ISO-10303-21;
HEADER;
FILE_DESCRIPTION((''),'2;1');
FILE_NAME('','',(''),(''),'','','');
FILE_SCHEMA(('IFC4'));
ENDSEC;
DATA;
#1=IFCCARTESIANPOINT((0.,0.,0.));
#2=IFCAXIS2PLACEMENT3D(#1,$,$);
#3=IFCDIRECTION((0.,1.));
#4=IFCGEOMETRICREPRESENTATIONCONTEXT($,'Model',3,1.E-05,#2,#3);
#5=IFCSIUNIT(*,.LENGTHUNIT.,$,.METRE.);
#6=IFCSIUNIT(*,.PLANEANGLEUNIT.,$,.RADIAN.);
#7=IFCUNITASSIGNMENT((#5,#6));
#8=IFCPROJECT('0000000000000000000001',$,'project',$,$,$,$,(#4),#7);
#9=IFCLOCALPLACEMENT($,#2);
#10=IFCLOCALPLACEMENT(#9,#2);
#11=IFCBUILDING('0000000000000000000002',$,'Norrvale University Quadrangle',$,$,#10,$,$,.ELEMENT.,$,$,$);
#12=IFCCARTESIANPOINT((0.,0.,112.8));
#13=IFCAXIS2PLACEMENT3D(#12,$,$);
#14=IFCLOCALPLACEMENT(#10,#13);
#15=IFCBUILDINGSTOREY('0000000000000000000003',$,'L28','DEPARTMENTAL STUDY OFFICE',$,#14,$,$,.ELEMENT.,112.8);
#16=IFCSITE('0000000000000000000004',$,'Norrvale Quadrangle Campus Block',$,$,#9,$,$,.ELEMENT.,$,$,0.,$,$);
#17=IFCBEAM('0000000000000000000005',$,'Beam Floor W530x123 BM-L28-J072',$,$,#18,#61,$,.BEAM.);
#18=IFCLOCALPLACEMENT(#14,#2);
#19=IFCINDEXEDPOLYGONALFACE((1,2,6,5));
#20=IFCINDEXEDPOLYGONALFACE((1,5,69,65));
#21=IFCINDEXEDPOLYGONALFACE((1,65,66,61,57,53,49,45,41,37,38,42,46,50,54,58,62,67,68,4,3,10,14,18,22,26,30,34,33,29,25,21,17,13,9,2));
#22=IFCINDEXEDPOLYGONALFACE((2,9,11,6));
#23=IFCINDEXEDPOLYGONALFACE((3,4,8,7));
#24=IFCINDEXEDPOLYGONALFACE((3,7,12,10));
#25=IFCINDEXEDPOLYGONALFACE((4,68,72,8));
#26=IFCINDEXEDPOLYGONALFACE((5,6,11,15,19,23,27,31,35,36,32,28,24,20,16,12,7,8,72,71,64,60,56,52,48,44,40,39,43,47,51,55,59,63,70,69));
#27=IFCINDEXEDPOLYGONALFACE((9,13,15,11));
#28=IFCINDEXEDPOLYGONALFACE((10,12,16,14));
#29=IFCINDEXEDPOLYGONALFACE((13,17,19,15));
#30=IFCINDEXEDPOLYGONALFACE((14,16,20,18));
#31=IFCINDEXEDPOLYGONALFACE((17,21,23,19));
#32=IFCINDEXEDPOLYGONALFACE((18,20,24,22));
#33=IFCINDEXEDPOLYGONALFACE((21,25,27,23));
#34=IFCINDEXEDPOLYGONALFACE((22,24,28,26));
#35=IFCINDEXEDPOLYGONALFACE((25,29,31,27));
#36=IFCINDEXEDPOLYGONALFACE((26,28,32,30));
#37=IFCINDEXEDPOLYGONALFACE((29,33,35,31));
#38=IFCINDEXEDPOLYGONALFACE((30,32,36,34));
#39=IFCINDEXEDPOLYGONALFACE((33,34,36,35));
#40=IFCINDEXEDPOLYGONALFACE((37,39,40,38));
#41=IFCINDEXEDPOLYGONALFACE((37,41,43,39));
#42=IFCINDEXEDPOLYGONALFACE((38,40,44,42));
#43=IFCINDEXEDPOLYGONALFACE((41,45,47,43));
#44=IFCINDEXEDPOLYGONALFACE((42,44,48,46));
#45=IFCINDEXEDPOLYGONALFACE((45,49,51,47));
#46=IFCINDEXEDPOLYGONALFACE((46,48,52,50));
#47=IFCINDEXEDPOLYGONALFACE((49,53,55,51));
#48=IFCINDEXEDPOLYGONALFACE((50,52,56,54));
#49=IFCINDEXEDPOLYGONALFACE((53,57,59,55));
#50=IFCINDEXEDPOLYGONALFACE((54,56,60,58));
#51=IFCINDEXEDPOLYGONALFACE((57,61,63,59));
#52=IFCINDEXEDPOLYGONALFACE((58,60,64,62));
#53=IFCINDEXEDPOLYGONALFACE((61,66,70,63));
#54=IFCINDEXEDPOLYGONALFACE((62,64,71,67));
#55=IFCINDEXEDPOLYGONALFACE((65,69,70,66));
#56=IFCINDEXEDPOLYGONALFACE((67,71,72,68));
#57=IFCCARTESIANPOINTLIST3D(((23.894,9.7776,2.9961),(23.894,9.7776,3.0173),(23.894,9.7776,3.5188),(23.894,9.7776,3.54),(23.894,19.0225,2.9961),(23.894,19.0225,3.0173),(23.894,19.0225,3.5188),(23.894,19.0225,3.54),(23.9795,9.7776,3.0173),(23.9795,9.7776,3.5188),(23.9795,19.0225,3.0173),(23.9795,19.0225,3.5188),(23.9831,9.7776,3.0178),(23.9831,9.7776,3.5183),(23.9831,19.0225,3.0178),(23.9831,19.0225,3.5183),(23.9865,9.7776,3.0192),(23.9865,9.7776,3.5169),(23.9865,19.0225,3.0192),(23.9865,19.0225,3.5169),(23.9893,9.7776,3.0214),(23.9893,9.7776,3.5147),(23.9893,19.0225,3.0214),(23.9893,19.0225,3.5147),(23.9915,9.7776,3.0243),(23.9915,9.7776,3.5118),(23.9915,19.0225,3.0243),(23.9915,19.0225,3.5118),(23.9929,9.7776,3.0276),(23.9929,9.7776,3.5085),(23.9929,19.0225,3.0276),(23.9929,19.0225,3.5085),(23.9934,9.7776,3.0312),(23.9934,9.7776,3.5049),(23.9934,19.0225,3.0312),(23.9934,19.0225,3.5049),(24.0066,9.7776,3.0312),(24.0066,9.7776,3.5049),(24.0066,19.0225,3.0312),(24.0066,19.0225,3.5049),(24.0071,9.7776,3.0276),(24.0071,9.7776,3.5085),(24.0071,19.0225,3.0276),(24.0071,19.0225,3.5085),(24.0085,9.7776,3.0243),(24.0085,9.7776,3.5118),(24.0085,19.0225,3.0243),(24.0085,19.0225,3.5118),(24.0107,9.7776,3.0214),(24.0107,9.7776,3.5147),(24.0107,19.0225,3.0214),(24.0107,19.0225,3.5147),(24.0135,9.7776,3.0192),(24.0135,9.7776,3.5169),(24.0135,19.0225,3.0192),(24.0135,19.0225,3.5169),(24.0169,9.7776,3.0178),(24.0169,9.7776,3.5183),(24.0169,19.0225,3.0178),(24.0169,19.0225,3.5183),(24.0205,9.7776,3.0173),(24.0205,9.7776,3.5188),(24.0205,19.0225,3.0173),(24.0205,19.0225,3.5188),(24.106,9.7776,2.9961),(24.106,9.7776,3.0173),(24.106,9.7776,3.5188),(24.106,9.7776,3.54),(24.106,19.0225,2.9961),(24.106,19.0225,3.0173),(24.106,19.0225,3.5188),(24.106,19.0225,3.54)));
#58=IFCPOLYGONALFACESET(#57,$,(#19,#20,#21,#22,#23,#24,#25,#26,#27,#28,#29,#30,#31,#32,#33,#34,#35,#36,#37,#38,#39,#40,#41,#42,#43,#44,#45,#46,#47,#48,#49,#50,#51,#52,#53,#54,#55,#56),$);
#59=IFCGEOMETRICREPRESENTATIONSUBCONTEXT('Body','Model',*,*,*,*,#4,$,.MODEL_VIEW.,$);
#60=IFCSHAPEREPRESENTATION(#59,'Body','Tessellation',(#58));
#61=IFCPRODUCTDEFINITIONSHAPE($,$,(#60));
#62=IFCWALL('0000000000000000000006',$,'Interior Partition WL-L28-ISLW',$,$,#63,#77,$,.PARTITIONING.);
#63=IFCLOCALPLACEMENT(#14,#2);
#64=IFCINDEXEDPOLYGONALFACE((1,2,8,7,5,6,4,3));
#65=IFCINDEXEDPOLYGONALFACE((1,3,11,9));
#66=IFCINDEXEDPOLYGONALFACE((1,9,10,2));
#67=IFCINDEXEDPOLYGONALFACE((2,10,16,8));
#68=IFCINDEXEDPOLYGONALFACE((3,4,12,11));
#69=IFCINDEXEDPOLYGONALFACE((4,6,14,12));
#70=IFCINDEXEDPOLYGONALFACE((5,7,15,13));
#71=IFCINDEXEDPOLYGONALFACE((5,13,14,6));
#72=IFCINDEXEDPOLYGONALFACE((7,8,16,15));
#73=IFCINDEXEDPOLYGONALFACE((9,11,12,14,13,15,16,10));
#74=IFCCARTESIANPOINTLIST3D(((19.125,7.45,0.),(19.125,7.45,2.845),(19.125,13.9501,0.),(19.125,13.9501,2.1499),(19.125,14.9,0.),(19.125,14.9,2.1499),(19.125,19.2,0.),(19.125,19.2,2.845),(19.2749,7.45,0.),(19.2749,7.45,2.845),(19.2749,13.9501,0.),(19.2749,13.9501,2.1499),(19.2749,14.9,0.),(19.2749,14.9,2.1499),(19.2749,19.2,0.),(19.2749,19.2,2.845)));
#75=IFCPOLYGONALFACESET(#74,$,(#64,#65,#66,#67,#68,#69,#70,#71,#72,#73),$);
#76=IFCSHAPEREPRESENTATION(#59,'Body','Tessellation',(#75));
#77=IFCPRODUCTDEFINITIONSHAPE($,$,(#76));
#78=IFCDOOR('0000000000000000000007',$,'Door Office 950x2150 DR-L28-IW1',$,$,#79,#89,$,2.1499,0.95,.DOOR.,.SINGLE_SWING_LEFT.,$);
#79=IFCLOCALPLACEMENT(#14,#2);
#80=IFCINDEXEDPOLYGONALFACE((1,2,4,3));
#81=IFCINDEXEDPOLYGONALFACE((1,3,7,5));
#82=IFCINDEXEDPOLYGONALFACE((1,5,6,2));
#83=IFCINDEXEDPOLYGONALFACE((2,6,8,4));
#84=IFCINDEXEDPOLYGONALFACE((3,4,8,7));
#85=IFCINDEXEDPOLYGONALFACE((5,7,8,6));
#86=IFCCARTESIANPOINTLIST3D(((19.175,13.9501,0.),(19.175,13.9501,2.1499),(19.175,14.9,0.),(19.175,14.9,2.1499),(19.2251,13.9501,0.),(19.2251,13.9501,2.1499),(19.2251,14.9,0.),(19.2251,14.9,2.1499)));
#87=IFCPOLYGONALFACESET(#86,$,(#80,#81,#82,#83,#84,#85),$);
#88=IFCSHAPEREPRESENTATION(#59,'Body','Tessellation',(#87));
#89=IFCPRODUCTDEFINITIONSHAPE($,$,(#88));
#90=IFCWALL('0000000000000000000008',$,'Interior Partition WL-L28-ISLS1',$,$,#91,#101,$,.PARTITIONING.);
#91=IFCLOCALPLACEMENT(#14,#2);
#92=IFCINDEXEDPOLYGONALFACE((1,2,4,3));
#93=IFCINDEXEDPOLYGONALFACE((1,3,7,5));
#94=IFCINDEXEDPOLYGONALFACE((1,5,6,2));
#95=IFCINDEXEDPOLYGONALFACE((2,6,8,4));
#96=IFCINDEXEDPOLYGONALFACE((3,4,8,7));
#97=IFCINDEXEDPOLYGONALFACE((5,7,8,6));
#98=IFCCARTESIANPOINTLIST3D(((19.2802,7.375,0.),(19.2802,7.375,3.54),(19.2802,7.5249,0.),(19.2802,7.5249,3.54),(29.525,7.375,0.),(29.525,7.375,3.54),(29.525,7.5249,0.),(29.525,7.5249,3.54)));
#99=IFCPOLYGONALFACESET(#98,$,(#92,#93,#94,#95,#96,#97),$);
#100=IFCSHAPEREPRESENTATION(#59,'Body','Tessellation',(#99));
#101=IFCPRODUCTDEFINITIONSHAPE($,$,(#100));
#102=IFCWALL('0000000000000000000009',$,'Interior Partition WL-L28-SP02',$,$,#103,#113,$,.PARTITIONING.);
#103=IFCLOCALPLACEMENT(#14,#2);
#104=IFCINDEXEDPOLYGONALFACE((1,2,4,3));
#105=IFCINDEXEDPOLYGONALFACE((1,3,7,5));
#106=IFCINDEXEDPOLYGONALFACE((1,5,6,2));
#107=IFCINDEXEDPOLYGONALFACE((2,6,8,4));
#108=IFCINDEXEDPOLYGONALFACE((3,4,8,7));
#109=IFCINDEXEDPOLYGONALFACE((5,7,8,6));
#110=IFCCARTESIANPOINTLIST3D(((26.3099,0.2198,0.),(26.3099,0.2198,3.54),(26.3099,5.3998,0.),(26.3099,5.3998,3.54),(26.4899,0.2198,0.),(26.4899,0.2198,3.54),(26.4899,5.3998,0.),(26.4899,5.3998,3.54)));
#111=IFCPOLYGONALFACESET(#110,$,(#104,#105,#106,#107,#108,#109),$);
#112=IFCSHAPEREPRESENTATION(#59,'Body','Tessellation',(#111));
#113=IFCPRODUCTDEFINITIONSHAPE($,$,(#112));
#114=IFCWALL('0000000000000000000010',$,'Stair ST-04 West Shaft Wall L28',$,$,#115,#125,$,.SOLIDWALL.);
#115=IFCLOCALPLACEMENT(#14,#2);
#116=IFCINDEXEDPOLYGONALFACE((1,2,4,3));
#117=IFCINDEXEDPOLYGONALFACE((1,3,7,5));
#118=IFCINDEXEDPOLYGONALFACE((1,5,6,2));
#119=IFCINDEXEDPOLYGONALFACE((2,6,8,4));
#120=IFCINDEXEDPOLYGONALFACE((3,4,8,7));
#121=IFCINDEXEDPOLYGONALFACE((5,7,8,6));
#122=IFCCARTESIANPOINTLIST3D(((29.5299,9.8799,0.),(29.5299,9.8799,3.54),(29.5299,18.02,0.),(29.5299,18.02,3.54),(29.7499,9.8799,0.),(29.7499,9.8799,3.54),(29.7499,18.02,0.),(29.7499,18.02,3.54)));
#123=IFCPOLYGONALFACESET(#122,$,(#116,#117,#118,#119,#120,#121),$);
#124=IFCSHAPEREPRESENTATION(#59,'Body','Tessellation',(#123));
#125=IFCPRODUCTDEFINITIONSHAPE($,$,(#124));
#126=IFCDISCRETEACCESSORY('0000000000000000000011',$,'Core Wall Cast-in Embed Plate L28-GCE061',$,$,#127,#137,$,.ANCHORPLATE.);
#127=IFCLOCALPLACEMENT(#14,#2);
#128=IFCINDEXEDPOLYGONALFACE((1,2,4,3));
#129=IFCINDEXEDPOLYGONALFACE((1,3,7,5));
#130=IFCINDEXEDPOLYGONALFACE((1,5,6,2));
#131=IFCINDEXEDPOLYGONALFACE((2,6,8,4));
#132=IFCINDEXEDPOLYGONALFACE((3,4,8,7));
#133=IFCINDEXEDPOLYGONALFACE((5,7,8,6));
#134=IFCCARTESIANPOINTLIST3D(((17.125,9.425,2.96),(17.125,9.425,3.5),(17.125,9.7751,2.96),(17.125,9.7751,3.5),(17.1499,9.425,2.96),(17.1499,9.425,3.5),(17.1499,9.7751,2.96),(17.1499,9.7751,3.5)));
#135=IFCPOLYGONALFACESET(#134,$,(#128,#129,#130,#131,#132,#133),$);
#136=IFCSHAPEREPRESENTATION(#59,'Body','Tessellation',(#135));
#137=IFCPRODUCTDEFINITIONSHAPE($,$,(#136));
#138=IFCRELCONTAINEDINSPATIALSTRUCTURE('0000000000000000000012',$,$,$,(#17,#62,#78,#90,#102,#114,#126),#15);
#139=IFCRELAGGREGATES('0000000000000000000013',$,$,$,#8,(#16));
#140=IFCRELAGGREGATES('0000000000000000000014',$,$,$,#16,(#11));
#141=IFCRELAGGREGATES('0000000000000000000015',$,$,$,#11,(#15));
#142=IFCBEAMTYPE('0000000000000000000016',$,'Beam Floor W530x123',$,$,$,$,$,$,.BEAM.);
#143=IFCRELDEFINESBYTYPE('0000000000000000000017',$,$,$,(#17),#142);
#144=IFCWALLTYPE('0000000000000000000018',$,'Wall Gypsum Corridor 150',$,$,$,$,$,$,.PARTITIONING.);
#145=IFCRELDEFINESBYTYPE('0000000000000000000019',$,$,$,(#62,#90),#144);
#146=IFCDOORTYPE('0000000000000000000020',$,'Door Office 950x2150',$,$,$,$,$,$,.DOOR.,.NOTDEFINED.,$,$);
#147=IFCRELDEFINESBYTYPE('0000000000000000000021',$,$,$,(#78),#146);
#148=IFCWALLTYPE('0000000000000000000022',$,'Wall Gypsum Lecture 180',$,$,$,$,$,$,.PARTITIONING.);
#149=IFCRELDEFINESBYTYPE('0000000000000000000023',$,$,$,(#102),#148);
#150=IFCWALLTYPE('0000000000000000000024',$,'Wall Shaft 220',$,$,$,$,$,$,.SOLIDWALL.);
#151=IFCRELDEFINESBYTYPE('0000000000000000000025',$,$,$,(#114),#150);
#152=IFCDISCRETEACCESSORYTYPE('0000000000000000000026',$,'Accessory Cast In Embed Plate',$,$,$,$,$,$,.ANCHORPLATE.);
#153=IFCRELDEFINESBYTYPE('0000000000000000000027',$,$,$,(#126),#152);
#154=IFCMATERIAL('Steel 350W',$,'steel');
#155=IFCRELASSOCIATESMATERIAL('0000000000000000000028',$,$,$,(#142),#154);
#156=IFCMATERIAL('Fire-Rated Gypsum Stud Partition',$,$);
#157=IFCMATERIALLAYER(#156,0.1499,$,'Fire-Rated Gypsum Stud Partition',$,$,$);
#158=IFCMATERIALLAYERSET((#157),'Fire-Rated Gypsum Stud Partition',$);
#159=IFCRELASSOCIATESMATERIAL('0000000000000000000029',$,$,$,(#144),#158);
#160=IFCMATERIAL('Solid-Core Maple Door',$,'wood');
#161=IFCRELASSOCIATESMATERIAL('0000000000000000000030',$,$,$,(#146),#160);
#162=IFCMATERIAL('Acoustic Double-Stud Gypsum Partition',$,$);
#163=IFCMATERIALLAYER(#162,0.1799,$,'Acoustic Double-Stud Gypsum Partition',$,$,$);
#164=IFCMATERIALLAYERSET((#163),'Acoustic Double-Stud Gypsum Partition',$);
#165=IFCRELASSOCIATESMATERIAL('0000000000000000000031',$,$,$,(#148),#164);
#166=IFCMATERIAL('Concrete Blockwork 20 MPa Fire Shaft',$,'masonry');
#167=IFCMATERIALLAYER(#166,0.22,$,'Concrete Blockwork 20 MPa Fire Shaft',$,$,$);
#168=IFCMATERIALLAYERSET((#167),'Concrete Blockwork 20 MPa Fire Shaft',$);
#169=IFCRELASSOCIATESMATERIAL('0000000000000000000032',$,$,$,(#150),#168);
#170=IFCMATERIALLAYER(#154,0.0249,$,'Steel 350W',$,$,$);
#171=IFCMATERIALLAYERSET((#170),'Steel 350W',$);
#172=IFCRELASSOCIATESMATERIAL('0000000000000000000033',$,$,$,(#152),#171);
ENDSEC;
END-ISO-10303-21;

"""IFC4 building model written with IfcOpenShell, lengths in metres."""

from ifc_helpers import new_model, si_unit, direction, frame, frame_2d, origin, origin_2d, place, context, subcontext, project, spatial, rectangle, i_section, extrude, material, layer, layer_set, material_profile, profile_set, type_object, element, fill, save


model = new_model("IFC4")

# Units and contexts
model_context = context("Model", 3, precision=1e-05, world=origin(), true_north=direction((0.0, 1.0)))
body_context = subcontext(model_context, "Body", "Model", "MODEL_VIEW")
ifc_project = project(units=[si_unit("LENGTHUNIT", "METRE"), si_unit("PLANEANGLEUNIT", "RADIAN")], contexts=[model_context])

# Site, building, storey
site_placement = place(None, origin())
site = spatial("IfcSite", under=ifc_project, at=site_placement, Name="Norrvale Quadrangle Campus Block", CompositionType="ELEMENT", RefElevation=0.0)
building_placement = place(site_placement, origin())
building = spatial("IfcBuilding", under=site, at=building_placement, Name="Norrvale University Quadrangle", CompositionType="ELEMENT")
storey_placement = place(building_placement, frame((0.0, 0.0, 112.8)))
storey = spatial("IfcBuildingStorey", under=building, at=storey_placement, Name="L28", Description="DEPARTMENTAL STUDY OFFICE", CompositionType="ELEMENT", Elevation=112.8)

# Beam
ifc_material_1 = material(Name="Steel 350W", Category="steel")
ifc_material_profile_1 = material_profile(ifc_material_1, i_section(OverallWidth=0.2119, OverallDepth=0.5439, WebThickness=0.0132, FlangeThickness=0.0212, FilletRadius=0.0139, at=origin_2d()), Name="Steel 350W")
ifc_profile_set_1 = profile_set([ifc_material_profile_1], Name="Steel 350W")
beam_type_1 = type_object("IfcBeamType", Name="Beam Floor W530x123", PredefinedType="BEAM", material=ifc_profile_set_1)
beam_1_placement = place(storey_placement, frame((24.0, 9.7776, 3.2681), z_axis=(0.0, 1.0, 0.0), x_axis=(-1.0, 0.0, 0.0)))
element("IfcBeam", 1, at=beam_1_placement, inside=storey, type_object=beam_type_1, Name="Beam Floor W530x123 BM-L28-J072", PredefinedType="BEAM", context=body_context, shape_type="SweptSolid", body=[
    extrude(i_section(OverallWidth=0.2119, OverallDepth=0.5439, WebThickness=0.0132, FlangeThickness=0.0212, FilletRadius=0.0139, at=origin_2d()), origin(), (0.0, 0.0, 1.0), 9.2449),
])

# Wall, opening, door
ifc_material_2 = material(Name="Fire-Rated Gypsum Stud Partition")
ifc_layer_1 = layer(ifc_material_2, 0.1499, Name="Fire-Rated Gypsum Stud Partition")
ifc_layer_set_1 = layer_set([ifc_layer_1], Name="Fire-Rated Gypsum Stud Partition")
wall_type_1 = type_object("IfcWallType", Name="Wall Gypsum Corridor 150", PredefinedType="PARTITIONING", material=ifc_layer_set_1)
wall_1_placement = place(storey_placement, frame((19.2, 7.45, 0.0), z_axis=(0.0, 0.0, 1.0), x_axis=(0.0, 1.0, 0.0)))
wall_1 = element("IfcWall", 2, at=wall_1_placement, inside=storey, type_object=wall_type_1, Name="Interior Partition WL-L28-ISLW", PredefinedType="PARTITIONING", context=body_context, shape_type="SweptSolid", body=[
    extrude(rectangle(XDim=11.75, YDim=0.1499, at=frame_2d((5.875, 0.0))), origin(), (0.0, 0.0, 1.0), 2.845),
])
opening_placement = place(wall_1_placement, frame((6.5, 0.0, 0.0)))
opening = element("IfcOpeningElement", 3, at=opening_placement, cuts=wall_1, PredefinedType="OPENING", context=body_context, shape_type="SweptSolid", body=[
    extrude(rectangle(XDim=0.95, YDim=2.1499, at=frame_2d((0.4751, 1.075))), frame((0.0, 0.0869, 0.0), z_axis=(0.0, -1.0, 0.0), x_axis=(1.0, 0.0, 0.0)), (0.0, 0.0, 1.0), 0.1738),
])
ifc_material_3 = material(Name="Solid-Core Maple Door", Category="wood")
door_type = type_object("IfcDoorType", Name="Door Office 950x2150", OperationType="NOTDEFINED", PredefinedType="DOOR", material=ifc_material_3)
door_placement = place(opening_placement, origin())
door = element("IfcDoor", 4, at=door_placement, inside=storey, type_object=door_type, Name="Door Office 950x2150 DR-L28-IW1", OperationType="SINGLE_SWING_LEFT", OverallHeight=2.1499, OverallWidth=0.95, PredefinedType="DOOR", context=body_context, shape_type="SweptSolid", body=[
    extrude(rectangle(XDim=0.95, YDim=2.1499, at=frame_2d((0.4751, 1.075))), frame((0.0, 0.0249, 0.0), z_axis=(0.0, -1.0, 0.0), x_axis=(1.0, 0.0, 0.0)), (0.0, 0.0, 1.0), 0.05),
])
fill(opening, door)

# Walls
wall_2_placement = place(storey_placement, frame((19.28, 7.45, 0.0), z_axis=(0.0, 0.0, 1.0), x_axis=(1.0, 0.0, 0.0)))
element("IfcWall", 5, at=wall_2_placement, inside=storey, type_object=wall_type_1, Name="Interior Partition WL-L28-ISLS1", PredefinedType="PARTITIONING", context=body_context, shape_type="SweptSolid", body=[
    extrude(rectangle(XDim=10.2449, YDim=0.1499, at=frame_2d((5.1226, 0.0))), origin(), (0.0, 0.0, 1.0), 3.54),
])
ifc_material_4 = material(Name="Acoustic Double-Stud Gypsum Partition")
ifc_layer_2 = layer(ifc_material_4, 0.1799, Name="Acoustic Double-Stud Gypsum Partition")
ifc_layer_set_2 = layer_set([ifc_layer_2], Name="Acoustic Double-Stud Gypsum Partition")
wall_type_2 = type_object("IfcWallType", Name="Wall Gypsum Lecture 180", PredefinedType="PARTITIONING", material=ifc_layer_set_2)
wall_3_placement = place(storey_placement, frame((26.3999, 0.22, 0.0), z_axis=(0.0, 0.0, 1.0), x_axis=(0.0, 1.0, 0.0)))
element("IfcWall", 6, at=wall_3_placement, inside=storey, type_object=wall_type_2, Name="Interior Partition WL-L28-SP02", PredefinedType="PARTITIONING", context=body_context, shape_type="SweptSolid", body=[
    extrude(rectangle(XDim=5.1799, YDim=0.1799, at=frame_2d((2.5898, 0.0))), origin(), (0.0, 0.0, 1.0), 3.54),
])
ifc_material_5 = material(Name="Concrete Blockwork 20 MPa Fire Shaft", Category="masonry")
ifc_layer_3 = layer(ifc_material_5, 0.22, Name="Concrete Blockwork 20 MPa Fire Shaft")
ifc_layer_set_3 = layer_set([ifc_layer_3], Name="Concrete Blockwork 20 MPa Fire Shaft")
wall_type_3 = type_object("IfcWallType", Name="Wall Shaft 220", PredefinedType="SOLIDWALL", material=ifc_layer_set_3)
wall_4_placement = place(storey_placement, frame((29.6399, 9.8799, 0.0), z_axis=(0.0, 0.0, 1.0), x_axis=(0.0, 1.0, 0.0)))
element("IfcWall", 7, at=wall_4_placement, inside=storey, type_object=wall_type_3, Name="Stair ST-04 West Shaft Wall L28", PredefinedType="SOLIDWALL", context=body_context, shape_type="SweptSolid", body=[
    extrude(rectangle(XDim=8.1401, YDim=0.22, at=frame_2d((4.0701, 0.0))), origin(), (0.0, 0.0, 1.0), 3.54),
])

# Discrete accessory
ifc_layer_4 = layer(ifc_material_1, 0.0249, Name="Steel 350W")
ifc_layer_set_4 = layer_set([ifc_layer_4], Name="Steel 350W")
discrete_accessory_type = type_object("IfcDiscreteAccessoryType", Name="Accessory Cast In Embed Plate", PredefinedType="ANCHORPLATE", material=ifc_layer_set_4)
discrete_accessory_placement = place(storey_placement, frame((17.1375, 9.6001, 2.96), z_axis=(0.0, 0.0, 1.0), x_axis=(1.0, 0.0, 0.0)))
element("IfcDiscreteAccessory", 8, at=discrete_accessory_placement, inside=storey, type_object=discrete_accessory_type, Name="Core Wall Cast-in Embed Plate L28-GCE061", PredefinedType="ANCHORPLATE", context=body_context, shape_type="SweptSolid", body=[
    extrude(rectangle(XDim=0.0249, YDim=0.3501, at=origin_2d()), origin(), (0.0, 0.0, 1.0), 0.54),
])

save(model, "model.ifc")
